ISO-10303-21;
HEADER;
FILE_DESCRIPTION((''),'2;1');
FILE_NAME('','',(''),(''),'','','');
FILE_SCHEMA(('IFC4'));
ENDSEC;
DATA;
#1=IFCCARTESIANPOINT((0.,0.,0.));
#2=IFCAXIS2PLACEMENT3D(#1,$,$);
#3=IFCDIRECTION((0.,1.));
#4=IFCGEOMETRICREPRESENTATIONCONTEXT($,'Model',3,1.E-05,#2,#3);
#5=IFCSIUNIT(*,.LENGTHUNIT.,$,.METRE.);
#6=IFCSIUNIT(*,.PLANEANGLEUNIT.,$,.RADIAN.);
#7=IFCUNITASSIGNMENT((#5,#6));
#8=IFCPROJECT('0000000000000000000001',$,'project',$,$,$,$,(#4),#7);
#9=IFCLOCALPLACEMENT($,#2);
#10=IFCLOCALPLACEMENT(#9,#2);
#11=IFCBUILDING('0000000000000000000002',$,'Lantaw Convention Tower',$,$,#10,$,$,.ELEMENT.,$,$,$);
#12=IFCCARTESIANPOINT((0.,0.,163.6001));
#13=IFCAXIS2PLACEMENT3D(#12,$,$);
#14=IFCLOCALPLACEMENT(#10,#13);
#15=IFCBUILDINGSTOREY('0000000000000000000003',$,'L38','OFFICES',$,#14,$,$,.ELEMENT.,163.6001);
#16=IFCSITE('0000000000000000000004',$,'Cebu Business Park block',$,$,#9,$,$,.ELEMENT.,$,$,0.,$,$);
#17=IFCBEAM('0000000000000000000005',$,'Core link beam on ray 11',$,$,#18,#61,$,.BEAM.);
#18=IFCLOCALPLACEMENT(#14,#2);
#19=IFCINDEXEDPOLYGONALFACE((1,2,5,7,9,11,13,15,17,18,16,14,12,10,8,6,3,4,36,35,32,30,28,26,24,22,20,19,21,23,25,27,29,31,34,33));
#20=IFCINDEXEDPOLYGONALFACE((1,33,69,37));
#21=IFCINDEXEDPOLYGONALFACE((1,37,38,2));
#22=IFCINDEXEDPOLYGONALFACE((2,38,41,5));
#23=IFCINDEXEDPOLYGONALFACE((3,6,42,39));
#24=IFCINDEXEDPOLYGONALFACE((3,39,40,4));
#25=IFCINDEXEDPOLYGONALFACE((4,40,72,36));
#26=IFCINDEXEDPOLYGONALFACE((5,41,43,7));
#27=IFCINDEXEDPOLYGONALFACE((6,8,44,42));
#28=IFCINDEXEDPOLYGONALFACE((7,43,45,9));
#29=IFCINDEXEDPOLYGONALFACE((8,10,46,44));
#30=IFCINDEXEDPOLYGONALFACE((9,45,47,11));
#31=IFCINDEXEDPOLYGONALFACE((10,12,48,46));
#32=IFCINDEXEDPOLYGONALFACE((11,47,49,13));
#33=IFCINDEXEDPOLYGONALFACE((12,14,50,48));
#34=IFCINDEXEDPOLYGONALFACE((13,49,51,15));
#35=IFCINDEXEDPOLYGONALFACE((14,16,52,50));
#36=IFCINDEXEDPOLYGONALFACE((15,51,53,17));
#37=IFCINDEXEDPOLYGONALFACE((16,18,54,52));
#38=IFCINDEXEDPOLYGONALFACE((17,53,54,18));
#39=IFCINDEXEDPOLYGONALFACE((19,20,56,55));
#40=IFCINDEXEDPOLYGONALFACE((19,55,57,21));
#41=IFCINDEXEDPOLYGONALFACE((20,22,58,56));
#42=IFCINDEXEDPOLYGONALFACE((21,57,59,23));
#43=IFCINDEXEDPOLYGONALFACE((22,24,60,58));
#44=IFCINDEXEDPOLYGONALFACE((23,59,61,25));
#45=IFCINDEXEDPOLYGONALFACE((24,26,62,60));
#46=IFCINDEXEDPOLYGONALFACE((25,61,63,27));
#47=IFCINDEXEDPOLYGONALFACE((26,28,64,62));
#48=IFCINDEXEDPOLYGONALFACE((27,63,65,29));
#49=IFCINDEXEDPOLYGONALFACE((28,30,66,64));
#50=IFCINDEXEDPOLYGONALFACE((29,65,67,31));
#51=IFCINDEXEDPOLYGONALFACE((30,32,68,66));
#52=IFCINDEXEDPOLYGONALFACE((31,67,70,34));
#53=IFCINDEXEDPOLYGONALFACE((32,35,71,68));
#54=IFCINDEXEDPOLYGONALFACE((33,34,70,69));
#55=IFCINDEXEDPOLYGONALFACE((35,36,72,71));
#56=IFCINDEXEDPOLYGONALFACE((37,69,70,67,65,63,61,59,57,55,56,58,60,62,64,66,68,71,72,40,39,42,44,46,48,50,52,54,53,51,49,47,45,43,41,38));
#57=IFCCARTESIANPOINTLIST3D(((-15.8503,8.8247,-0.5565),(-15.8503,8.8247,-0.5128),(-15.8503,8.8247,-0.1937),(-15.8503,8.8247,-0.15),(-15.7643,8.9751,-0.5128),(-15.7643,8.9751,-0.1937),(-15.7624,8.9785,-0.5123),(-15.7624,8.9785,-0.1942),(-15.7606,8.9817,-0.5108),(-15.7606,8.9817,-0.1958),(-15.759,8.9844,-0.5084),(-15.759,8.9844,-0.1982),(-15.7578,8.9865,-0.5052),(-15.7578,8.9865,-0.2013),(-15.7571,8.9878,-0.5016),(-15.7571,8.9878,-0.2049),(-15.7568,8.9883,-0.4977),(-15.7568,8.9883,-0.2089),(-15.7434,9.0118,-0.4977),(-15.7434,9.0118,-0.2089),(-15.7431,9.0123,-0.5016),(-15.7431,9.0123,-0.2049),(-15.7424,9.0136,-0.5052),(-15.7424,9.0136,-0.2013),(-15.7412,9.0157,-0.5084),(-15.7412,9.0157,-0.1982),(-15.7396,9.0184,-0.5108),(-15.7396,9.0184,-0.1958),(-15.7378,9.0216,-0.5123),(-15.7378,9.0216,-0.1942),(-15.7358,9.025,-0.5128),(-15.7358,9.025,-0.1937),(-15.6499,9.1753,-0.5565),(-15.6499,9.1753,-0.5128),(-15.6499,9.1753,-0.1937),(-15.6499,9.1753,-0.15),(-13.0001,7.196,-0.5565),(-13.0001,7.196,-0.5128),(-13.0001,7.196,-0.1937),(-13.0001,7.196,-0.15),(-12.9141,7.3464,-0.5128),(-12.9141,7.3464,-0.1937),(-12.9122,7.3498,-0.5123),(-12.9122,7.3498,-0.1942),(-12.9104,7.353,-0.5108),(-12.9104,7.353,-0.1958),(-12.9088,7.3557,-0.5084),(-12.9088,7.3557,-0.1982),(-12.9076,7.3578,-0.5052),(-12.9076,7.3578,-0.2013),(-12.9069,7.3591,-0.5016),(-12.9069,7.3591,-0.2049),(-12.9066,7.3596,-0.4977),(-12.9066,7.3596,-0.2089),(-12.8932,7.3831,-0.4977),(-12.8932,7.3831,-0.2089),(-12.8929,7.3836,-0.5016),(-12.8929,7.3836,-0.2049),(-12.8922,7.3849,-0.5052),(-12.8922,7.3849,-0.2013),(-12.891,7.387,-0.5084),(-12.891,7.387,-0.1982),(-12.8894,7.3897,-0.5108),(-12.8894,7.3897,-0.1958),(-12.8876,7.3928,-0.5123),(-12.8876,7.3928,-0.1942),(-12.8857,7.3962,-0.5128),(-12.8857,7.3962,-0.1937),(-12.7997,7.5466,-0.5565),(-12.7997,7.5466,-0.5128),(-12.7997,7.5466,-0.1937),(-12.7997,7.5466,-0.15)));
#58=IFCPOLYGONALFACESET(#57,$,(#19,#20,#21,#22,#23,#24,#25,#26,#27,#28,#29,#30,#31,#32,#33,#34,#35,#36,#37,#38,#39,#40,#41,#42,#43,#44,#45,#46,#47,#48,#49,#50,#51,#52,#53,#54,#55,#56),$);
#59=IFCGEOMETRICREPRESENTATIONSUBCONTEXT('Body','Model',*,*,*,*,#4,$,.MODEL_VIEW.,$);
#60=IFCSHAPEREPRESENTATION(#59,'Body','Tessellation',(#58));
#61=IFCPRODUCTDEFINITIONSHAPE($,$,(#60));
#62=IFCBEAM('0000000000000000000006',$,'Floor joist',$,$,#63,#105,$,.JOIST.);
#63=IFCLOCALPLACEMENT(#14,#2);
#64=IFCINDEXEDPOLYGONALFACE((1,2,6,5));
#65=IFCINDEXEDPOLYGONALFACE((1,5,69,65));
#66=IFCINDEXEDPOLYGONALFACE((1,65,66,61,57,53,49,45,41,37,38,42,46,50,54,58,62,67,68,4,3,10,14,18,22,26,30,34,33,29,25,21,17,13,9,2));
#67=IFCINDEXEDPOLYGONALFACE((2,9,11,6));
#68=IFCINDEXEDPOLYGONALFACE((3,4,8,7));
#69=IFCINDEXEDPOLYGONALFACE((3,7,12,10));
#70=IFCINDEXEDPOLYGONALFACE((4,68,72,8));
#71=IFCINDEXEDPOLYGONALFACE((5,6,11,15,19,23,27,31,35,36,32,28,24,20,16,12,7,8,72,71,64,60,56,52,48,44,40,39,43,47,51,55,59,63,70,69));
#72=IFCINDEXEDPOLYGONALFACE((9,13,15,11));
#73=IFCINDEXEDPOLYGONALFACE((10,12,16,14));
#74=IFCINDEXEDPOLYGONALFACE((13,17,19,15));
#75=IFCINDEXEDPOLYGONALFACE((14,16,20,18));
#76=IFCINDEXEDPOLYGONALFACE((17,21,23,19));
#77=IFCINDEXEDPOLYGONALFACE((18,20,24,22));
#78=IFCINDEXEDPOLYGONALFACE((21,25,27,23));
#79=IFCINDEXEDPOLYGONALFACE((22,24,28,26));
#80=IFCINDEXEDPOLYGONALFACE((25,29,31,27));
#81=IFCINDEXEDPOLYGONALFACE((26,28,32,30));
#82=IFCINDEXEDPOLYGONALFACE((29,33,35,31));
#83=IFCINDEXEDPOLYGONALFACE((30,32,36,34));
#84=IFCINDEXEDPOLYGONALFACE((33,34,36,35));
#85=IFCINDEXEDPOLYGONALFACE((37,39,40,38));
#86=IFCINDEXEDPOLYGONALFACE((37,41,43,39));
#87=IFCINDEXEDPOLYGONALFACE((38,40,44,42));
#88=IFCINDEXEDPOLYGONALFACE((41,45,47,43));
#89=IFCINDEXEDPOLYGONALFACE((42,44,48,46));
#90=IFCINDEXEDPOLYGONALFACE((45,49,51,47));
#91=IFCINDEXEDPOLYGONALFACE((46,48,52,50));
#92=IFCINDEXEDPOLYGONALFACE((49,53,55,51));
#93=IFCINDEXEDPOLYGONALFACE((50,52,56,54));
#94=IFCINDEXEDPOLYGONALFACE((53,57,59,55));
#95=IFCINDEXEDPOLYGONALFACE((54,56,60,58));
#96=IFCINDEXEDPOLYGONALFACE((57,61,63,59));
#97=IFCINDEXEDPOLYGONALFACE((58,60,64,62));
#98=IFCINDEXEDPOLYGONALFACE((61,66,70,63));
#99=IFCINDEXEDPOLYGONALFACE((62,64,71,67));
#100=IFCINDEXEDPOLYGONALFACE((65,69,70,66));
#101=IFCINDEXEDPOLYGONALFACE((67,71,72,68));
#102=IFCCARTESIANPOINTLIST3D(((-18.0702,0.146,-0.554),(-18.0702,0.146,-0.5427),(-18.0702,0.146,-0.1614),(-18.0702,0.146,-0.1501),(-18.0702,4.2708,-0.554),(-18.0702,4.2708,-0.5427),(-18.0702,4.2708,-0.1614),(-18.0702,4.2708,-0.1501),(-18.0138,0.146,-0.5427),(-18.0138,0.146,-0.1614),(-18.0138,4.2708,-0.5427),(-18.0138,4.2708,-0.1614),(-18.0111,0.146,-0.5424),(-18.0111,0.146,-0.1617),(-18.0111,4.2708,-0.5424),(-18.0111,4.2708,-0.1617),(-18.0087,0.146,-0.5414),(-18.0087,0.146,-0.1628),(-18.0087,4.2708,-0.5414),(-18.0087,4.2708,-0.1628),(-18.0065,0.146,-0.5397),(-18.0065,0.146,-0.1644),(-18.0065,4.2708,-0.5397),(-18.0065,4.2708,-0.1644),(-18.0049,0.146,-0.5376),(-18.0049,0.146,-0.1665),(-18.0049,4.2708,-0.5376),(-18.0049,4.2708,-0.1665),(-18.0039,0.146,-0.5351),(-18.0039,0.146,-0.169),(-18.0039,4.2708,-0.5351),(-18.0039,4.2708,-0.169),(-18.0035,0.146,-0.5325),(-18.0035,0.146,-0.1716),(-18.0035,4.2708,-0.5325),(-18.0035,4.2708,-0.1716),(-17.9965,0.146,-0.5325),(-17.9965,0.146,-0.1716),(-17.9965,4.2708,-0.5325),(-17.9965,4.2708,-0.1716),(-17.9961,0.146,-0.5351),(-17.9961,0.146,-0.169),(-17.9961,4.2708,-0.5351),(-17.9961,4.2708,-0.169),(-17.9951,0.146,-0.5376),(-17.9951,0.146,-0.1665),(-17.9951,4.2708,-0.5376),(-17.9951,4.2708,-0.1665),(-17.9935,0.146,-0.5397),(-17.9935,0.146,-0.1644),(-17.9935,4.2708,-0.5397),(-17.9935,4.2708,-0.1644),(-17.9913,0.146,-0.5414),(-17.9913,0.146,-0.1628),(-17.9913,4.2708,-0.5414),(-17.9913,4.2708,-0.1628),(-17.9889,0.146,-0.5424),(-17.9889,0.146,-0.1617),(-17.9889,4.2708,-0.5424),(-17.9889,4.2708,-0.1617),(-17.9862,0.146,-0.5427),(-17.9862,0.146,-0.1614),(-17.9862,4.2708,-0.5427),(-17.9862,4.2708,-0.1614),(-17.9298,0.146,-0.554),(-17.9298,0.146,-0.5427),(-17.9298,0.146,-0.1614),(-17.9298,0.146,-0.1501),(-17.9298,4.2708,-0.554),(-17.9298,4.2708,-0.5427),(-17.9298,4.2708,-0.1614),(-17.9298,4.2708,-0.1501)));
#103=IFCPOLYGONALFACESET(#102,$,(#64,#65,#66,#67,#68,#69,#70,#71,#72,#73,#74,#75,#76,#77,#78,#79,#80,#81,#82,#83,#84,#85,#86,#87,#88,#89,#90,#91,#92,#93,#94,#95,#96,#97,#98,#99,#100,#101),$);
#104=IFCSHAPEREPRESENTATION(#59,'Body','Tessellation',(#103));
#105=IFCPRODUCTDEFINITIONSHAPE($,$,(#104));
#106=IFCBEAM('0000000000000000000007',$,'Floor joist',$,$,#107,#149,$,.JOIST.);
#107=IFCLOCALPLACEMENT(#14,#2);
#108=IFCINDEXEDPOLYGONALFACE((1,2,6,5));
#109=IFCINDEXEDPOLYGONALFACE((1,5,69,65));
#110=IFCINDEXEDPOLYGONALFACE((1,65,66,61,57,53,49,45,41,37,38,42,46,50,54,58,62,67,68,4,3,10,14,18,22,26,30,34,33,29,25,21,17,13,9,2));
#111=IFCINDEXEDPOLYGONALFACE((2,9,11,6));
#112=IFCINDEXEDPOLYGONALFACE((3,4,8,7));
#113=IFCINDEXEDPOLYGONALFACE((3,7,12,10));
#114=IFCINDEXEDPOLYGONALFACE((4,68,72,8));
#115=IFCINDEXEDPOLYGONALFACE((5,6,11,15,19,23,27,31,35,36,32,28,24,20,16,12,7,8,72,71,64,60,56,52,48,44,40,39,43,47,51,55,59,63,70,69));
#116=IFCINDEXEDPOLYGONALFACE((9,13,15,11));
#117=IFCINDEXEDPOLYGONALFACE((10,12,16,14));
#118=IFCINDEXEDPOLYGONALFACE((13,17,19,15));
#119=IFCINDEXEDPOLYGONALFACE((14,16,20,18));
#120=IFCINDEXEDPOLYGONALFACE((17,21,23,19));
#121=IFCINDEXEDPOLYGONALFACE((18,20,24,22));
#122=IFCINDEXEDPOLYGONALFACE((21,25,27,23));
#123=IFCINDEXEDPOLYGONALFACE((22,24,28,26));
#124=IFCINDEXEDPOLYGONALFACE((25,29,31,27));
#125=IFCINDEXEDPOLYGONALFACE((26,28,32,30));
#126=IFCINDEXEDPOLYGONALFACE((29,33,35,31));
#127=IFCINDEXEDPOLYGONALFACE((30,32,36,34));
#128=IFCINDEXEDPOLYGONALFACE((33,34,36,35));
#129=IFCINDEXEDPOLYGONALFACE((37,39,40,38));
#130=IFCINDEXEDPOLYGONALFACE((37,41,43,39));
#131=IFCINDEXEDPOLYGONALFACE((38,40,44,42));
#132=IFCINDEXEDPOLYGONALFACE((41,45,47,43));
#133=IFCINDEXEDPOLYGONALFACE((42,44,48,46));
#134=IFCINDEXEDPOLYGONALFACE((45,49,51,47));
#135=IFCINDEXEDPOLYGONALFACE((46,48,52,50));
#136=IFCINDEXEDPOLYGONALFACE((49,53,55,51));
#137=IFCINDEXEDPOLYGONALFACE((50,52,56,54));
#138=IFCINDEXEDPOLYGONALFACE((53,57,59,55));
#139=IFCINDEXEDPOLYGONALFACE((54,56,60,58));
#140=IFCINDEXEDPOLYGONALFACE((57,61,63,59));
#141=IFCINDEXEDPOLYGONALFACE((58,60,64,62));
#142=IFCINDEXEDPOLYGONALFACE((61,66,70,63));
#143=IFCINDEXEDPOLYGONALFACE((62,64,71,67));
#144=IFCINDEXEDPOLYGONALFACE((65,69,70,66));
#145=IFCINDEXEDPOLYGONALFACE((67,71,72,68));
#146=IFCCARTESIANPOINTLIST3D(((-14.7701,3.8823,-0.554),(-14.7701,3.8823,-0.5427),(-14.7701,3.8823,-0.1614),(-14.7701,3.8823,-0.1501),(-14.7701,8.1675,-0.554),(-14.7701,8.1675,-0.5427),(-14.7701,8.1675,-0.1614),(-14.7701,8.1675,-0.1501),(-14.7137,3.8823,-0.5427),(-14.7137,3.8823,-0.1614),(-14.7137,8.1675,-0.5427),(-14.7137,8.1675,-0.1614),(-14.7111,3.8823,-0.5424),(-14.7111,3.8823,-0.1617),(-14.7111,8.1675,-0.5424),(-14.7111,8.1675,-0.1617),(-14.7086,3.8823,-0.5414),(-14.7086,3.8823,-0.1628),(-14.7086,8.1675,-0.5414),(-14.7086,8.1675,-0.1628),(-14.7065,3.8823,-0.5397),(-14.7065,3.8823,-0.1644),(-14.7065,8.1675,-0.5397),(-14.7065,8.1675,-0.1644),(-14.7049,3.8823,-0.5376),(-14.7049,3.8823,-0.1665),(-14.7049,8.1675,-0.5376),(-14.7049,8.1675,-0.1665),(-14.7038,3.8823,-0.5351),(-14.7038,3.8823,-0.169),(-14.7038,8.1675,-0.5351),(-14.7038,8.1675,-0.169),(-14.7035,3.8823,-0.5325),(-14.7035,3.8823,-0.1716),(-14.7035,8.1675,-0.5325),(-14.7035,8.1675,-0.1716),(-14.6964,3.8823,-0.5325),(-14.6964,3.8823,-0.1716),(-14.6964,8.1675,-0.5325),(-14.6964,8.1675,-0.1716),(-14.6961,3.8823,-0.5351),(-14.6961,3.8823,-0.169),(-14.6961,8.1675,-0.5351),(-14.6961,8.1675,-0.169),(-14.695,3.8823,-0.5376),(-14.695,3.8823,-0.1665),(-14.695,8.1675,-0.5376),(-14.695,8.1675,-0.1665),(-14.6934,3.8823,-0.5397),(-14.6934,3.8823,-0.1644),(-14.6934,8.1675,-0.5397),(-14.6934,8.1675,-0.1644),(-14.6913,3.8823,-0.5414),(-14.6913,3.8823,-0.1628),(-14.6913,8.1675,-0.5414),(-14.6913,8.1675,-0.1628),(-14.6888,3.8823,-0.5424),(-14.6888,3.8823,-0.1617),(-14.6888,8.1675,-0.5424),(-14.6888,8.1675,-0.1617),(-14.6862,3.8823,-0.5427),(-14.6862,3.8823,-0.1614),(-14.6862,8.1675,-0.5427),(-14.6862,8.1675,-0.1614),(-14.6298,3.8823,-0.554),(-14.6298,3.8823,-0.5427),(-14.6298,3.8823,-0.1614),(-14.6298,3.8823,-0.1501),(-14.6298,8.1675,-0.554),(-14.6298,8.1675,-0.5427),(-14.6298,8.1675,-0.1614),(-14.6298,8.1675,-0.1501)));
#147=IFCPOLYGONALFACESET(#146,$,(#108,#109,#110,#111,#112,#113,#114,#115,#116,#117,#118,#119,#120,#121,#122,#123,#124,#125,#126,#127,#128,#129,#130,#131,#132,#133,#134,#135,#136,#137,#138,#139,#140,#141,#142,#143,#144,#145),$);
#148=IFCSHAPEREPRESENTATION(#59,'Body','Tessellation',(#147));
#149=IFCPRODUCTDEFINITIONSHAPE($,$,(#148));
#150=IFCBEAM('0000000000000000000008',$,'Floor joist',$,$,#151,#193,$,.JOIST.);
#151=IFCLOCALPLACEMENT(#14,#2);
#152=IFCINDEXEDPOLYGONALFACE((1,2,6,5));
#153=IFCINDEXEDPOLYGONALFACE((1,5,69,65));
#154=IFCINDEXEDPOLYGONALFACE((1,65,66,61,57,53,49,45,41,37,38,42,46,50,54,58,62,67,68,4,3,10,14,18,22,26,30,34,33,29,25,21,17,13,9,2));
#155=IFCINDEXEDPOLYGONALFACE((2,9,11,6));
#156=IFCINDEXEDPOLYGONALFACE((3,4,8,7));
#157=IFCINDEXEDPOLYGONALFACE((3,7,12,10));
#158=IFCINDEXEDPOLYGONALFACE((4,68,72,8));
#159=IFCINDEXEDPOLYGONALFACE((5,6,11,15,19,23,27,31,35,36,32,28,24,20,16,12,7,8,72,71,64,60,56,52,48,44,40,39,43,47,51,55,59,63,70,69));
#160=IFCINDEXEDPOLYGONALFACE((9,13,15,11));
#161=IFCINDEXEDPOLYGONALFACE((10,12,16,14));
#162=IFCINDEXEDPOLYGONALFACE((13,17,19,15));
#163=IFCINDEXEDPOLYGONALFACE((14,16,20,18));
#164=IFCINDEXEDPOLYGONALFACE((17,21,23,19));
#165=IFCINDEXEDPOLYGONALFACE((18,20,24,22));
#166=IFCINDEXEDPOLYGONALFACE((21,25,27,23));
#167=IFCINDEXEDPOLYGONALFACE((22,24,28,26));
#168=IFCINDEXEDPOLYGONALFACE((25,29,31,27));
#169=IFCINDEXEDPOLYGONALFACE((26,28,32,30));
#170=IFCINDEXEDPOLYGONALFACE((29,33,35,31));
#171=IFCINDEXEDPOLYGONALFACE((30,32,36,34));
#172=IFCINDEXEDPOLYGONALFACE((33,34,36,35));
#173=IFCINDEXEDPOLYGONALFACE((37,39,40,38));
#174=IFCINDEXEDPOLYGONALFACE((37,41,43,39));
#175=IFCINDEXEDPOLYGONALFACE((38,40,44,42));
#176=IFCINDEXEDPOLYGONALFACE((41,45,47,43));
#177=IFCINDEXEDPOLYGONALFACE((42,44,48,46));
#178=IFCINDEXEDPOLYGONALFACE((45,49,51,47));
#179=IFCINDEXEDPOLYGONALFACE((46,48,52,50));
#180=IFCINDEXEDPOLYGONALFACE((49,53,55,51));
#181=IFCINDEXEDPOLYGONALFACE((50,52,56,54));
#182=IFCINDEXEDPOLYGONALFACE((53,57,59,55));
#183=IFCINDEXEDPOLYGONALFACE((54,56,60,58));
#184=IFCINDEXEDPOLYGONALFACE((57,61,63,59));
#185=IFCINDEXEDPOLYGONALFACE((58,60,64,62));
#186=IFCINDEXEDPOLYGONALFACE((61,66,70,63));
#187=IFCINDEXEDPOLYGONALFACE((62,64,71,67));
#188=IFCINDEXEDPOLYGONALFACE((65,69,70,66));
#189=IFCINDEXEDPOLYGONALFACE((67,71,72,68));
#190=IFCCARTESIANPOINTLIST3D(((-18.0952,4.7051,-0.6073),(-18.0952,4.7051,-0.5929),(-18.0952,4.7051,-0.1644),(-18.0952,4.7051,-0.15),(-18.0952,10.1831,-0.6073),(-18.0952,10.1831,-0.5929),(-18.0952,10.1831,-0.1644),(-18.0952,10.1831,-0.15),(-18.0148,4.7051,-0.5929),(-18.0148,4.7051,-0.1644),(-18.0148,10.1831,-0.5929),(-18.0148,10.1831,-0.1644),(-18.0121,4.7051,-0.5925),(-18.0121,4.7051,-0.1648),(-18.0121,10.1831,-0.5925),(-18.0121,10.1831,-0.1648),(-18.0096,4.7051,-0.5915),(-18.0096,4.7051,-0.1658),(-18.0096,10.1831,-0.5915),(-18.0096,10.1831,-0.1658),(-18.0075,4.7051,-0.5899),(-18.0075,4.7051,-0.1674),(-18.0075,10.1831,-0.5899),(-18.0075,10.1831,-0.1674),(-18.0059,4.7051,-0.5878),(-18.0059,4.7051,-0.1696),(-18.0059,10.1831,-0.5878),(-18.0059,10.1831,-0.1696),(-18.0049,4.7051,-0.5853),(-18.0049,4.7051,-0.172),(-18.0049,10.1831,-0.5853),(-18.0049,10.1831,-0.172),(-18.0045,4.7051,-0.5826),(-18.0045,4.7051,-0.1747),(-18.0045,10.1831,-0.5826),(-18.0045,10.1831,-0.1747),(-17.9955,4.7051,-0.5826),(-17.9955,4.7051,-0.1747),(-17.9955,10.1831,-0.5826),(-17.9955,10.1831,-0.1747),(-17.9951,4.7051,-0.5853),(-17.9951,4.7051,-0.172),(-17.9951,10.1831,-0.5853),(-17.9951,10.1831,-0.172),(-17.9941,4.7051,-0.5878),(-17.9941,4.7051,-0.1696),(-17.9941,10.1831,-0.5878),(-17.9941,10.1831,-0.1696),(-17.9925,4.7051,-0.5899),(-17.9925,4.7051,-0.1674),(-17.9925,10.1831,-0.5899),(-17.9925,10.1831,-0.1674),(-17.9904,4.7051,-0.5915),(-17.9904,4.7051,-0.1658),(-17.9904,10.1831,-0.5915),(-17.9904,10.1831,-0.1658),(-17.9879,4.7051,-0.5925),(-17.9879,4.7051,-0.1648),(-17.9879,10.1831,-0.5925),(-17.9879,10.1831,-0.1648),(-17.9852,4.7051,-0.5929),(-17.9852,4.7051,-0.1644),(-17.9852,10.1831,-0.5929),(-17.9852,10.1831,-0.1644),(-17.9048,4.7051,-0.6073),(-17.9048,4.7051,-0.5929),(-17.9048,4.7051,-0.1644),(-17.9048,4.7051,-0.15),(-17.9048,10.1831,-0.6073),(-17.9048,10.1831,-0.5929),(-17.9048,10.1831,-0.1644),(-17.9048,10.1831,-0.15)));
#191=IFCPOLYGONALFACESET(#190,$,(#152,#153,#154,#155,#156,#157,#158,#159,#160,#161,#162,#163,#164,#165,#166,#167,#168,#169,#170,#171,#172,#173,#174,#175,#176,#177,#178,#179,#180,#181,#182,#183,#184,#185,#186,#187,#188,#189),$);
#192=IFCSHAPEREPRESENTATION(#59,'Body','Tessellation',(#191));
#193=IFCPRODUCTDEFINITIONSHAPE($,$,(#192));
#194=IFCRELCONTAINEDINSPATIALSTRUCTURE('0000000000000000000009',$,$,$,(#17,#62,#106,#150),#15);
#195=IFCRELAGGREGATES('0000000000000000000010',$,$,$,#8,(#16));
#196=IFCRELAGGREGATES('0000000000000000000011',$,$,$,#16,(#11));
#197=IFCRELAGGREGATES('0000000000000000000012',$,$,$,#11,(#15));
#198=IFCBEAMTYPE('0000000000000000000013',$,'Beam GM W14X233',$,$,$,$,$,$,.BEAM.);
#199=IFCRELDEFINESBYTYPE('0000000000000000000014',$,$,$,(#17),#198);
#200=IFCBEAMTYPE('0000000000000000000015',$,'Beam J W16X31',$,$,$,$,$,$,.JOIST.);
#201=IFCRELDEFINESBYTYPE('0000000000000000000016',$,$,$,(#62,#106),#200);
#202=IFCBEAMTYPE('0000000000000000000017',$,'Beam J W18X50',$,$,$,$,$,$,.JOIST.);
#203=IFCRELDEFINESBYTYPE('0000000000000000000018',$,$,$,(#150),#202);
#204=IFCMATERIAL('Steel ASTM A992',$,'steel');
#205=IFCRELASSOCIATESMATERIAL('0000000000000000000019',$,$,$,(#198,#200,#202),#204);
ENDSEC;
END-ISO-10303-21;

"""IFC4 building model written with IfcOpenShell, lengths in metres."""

from ifc_helpers import new_model, si_unit, direction, frame, origin, origin_2d, place, context, subcontext, project, spatial, i_section, extrude, material, material_profile, profile_set, type_object, element, save


model = new_model("IFC4")

# Units and contexts
model_context = context("Model", 3, precision=1e-05, world=origin(), true_north=direction((0.0, 1.0)))
body_context = subcontext(model_context, "Body", "Model", "MODEL_VIEW")
ifc_project = project(units=[si_unit("LENGTHUNIT", "METRE"), si_unit("PLANEANGLEUNIT", "RADIAN")], contexts=[model_context])

# Site, building, storey
site_placement = place(None, origin())
site = spatial("IfcSite", under=ifc_project, at=site_placement, Name="Cebu Business Park block", CompositionType="ELEMENT", RefElevation=0.0)
building_placement = place(site_placement, origin())
building = spatial("IfcBuilding", under=site, at=building_placement, Name="Lantaw Convention Tower", CompositionType="ELEMENT")
storey_placement = place(building_placement, frame((0.0, 0.0, 163.6001)))
storey = spatial("IfcBuildingStorey", under=building, at=storey_placement, Name="L38", Description="OFFICES", CompositionType="ELEMENT", Elevation=163.6001)

# Beams
ifc_material_1 = material(Name="Steel ASTM A992", Category="steel")
ifc_material_profile_1 = material_profile(ifc_material_1, i_section(OverallWidth=0.4038, OverallDepth=0.4065, WebThickness=0.0271, FlangeThickness=0.0437, FilletRadius=0.0151, at=origin_2d()), Name="W14X233")
ifc_profile_set_1 = profile_set([ifc_material_profile_1], Name="Steel ASTM A992")
beam_type_1 = type_object("IfcBeamType", Name="Beam GM W14X233", PredefinedType="BEAM", material=ifc_profile_set_1)
beam_1_placement = place(storey_placement, frame((-12.8999, 7.3713, -0.3533), z_axis=(-0.868239, 0.496147, 0.0), x_axis=(-0.496147, -0.868239, 0.0)))
element("IfcBeam", 1, at=beam_1_placement, inside=storey, type_object=beam_type_1, Name="Core link beam on ray 11", PredefinedType="BEAM", context=body_context, shape_type="SweptSolid", body=[
    extrude(i_section(OverallWidth=0.4038, OverallDepth=0.4065, WebThickness=0.0271, FlangeThickness=0.0437, FilletRadius=0.0151, at=origin_2d()), origin(), (0.0, 0.0, 1.0), 3.2827),
])
ifc_material_profile_2 = material_profile(ifc_material_1, i_section(OverallWidth=0.1404, OverallDepth=0.4038, WebThickness=0.0071, FlangeThickness=0.0112, FilletRadius=0.0103, at=origin_2d()), Name="W16X31")
ifc_profile_set_2 = profile_set([ifc_material_profile_2], Name="Steel ASTM A992")
beam_type_2 = type_object("IfcBeamType", Name="Beam J W16X31", PredefinedType="JOIST", material=ifc_profile_set_2)
beam_2_placement = place(storey_placement, frame((-18.0, 0.146, -0.3521), z_axis=(0.0, 1.0, 0.0), x_axis=(-1.0, 0.0, 0.0)))
element("IfcBeam", 2, at=beam_2_placement, inside=storey, type_object=beam_type_2, Name="Floor joist", PredefinedType="JOIST", context=body_context, shape_type="SweptSolid", body=[
    extrude(i_section(OverallWidth=0.1404, OverallDepth=0.4038, WebThickness=0.0071, FlangeThickness=0.0112, FilletRadius=0.0103, at=origin_2d()), origin(), (0.0, 0.0, 1.0), 4.1248),
])
beam_3_placement = place(storey_placement, frame((-14.7, 3.8823, -0.3521), z_axis=(0.0, 1.0, 0.0), x_axis=(-1.0, 0.0, 0.0)))
element("IfcBeam", 3, at=beam_3_placement, inside=storey, type_object=beam_type_2, Name="Floor joist", PredefinedType="JOIST", context=body_context, shape_type="SweptSolid", body=[
    extrude(i_section(OverallWidth=0.1404, OverallDepth=0.4038, WebThickness=0.0071, FlangeThickness=0.0112, FilletRadius=0.0103, at=origin_2d()), origin(), (0.0, 0.0, 1.0), 4.2852),
])
ifc_material_profile_3 = material_profile(ifc_material_1, i_section(OverallWidth=0.1904, OverallDepth=0.4573, WebThickness=0.009, FlangeThickness=0.0144, FilletRadius=0.0103, at=origin_2d()), Name="W18X50")
ifc_profile_set_3 = profile_set([ifc_material_profile_3], Name="Steel ASTM A992")
beam_type_3 = type_object("IfcBeamType", Name="Beam J W18X50", PredefinedType="JOIST", material=ifc_profile_set_3)
beam_4_placement = place(storey_placement, frame((-18.0, 4.7051, -0.3787), z_axis=(0.0, 1.0, 0.0), x_axis=(-1.0, 0.0, 0.0)))
element("IfcBeam", 4, at=beam_4_placement, inside=storey, type_object=beam_type_3, Name="Floor joist", PredefinedType="JOIST", context=body_context, shape_type="SweptSolid", body=[
    extrude(i_section(OverallWidth=0.1904, OverallDepth=0.4573, WebThickness=0.009, FlangeThickness=0.0144, FilletRadius=0.0103, at=origin_2d()), origin(), (0.0, 0.0, 1.0), 5.478),
])

save(model, "model.ifc")
